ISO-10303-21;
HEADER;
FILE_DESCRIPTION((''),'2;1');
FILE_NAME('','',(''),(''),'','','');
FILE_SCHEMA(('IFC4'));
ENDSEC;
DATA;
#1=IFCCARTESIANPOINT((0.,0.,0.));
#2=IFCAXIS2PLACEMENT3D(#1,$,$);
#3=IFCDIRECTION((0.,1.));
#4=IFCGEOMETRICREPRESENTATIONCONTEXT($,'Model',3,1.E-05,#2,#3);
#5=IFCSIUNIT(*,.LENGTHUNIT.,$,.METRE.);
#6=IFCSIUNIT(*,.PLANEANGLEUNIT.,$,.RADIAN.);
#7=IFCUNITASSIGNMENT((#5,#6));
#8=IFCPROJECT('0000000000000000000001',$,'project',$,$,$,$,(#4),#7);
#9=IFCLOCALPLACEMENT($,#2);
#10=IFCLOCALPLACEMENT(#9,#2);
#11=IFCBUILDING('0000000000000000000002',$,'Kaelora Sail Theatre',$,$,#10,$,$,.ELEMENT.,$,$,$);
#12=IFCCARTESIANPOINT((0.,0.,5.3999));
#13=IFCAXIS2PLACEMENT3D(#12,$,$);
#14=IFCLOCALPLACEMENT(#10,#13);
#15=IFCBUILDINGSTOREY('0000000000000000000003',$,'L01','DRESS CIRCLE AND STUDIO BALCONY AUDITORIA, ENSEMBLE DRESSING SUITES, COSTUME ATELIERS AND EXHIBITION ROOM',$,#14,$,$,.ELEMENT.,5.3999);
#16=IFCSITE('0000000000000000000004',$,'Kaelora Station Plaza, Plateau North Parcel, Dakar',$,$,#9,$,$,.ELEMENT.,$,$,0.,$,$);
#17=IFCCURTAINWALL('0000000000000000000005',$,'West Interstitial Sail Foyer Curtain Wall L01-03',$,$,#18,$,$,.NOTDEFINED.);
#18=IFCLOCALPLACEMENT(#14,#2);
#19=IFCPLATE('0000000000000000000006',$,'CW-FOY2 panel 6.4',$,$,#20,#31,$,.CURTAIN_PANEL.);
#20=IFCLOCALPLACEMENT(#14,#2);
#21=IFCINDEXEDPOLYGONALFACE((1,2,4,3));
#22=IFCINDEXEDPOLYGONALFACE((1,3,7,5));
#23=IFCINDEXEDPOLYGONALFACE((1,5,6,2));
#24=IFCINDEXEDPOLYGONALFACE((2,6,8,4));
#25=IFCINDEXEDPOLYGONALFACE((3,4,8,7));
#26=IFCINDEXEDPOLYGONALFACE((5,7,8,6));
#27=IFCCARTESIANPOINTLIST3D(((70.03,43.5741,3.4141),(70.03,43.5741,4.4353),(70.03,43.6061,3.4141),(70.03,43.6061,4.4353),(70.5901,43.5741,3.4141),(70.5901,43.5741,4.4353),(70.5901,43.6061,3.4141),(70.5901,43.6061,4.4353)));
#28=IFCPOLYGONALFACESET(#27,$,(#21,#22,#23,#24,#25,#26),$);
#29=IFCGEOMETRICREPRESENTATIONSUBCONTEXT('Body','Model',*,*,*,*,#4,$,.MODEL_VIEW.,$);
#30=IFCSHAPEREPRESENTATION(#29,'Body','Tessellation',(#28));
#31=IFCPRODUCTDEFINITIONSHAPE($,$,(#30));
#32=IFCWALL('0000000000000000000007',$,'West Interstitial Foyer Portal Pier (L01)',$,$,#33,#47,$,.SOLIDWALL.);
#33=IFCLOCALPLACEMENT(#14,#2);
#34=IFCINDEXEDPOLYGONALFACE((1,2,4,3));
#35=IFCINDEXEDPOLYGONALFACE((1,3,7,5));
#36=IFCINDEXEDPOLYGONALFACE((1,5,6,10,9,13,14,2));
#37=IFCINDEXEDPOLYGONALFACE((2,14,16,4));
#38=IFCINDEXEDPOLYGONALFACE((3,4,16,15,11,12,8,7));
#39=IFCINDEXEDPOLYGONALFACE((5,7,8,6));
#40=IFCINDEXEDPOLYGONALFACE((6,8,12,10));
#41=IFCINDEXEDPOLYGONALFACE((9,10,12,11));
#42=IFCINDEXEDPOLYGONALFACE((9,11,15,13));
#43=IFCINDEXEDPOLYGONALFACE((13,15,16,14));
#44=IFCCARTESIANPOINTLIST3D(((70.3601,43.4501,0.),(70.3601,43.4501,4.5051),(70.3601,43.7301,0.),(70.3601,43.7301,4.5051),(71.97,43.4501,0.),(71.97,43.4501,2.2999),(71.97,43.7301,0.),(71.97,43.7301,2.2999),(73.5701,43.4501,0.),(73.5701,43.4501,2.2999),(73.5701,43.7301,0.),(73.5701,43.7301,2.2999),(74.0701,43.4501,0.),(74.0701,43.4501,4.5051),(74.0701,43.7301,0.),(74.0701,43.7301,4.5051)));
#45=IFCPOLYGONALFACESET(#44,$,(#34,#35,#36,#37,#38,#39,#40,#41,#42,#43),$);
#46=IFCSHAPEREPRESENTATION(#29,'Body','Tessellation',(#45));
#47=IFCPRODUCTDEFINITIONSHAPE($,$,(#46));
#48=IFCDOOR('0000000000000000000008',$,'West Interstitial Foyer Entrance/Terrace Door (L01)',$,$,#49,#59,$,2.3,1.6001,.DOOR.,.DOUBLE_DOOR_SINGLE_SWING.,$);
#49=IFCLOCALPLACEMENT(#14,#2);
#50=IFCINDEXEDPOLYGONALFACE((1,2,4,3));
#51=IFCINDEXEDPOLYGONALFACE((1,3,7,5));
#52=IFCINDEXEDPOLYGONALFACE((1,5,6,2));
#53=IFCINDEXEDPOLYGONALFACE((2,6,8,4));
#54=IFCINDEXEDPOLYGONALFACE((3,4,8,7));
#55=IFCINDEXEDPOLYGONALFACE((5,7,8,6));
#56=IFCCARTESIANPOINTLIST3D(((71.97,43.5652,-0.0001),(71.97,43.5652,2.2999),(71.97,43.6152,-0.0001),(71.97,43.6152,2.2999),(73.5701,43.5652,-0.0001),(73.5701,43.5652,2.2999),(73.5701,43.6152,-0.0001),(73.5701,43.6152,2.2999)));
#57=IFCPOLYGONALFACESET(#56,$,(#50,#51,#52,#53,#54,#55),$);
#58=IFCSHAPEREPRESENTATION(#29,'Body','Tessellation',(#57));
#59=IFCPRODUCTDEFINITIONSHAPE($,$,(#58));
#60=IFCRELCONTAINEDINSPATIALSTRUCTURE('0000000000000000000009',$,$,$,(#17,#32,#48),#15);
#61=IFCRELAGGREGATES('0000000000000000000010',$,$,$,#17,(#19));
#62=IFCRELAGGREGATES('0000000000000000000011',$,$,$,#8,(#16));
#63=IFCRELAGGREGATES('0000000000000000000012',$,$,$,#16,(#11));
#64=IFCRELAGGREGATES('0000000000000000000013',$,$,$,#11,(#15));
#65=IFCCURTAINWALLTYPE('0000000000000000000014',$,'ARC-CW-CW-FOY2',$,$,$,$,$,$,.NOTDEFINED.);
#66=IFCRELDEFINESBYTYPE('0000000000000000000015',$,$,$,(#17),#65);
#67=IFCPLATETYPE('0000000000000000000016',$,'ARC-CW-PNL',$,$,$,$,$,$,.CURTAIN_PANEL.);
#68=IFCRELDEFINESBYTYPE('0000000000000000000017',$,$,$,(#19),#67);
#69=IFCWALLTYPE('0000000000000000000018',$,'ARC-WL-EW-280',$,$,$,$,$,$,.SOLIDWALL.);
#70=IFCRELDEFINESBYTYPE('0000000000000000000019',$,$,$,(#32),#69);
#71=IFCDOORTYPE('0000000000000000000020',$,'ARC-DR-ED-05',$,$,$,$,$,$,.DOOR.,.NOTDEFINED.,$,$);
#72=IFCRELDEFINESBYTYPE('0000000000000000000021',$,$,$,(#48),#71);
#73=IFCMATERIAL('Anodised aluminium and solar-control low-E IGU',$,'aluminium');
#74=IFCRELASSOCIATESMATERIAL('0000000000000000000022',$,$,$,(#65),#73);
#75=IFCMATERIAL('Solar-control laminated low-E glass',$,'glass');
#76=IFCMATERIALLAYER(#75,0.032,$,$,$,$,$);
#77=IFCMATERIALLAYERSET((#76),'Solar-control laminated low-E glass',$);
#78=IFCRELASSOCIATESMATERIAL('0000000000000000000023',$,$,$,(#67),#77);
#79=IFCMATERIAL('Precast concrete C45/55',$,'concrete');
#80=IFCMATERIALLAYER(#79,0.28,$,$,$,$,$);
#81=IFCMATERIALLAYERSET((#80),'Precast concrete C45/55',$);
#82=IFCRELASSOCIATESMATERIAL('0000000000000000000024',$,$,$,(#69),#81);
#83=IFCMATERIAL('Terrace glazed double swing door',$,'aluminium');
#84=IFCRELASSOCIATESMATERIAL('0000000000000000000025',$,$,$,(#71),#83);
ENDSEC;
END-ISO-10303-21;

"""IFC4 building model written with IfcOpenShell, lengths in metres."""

from ifc_helpers import new_model, si_unit, direction, frame, frame_2d, origin, origin_2d, place, context, subcontext, project, spatial, rectangle, extrude, material, layer, layer_set, type_object, element, fill, aggregate, save


model = new_model("IFC4")

# Units and contexts
model_context = context("Model", 3, precision=1e-05, world=origin(), true_north=direction((0.0, 1.0)))
body_context = subcontext(model_context, "Body", "Model", "MODEL_VIEW")
ifc_project = project(units=[si_unit("LENGTHUNIT", "METRE"), si_unit("PLANEANGLEUNIT", "RADIAN")], contexts=[model_context])

# Site, building, storey
site_placement = place(None, origin())
site = spatial("IfcSite", under=ifc_project, at=site_placement, Name="Kaelora Station Plaza, Plateau North Parcel, Dakar", CompositionType="ELEMENT", RefElevation=0.0)
building_placement = place(site_placement, origin())
building = spatial("IfcBuilding", under=site, at=building_placement, Name="Kaelora Sail Theatre", CompositionType="ELEMENT")
storey_placement = place(building_placement, frame((0.0, 0.0, 5.3999)))
storey = spatial("IfcBuildingStorey", under=building, at=storey_placement, Name="L01", Description="DRESS CIRCLE AND STUDIO BALCONY AUDITORIA, ENSEMBLE DRESSING SUITES, COSTUME ATELIERS AND EXHIBITION ROOM", CompositionType="ELEMENT", Elevation=5.3999)

# Curtain wall
ifc_material_1 = material(Name="Anodised aluminium and solar-control low-E IGU", Category="aluminium")
curtain_wall_type = type_object("IfcCurtainWallType", Name="ARC-CW-CW-FOY2", PredefinedType="NOTDEFINED", material=ifc_material_1)
curtain_wall_1_placement = place(storey_placement, origin())
curtain_wall_1 = element("IfcCurtainWall", 1, at=curtain_wall_1_placement, inside=storey, type_object=curtain_wall_type, Name="West Interstitial Sail Foyer Curtain Wall L01-03", PredefinedType="NOTDEFINED")

# Plate
ifc_material_2 = material(Name="Solar-control laminated low-E glass", Category="glass")
ifc_layer_1 = layer(ifc_material_2, 0.032)
ifc_layer_set_1 = layer_set([ifc_layer_1], Name="Solar-control laminated low-E glass")
plate_type = type_object("IfcPlateType", Name="ARC-CW-PNL", PredefinedType="CURTAIN_PANEL", material=ifc_layer_set_1)
plate_1_placement = place(storey_placement, frame((70.3101, 43.5901, 3.4141), z_axis=(0.0, 0.0, 1.0), x_axis=(1.0, 0.0, 0.0)))
plate_1 = element("IfcPlate", 2, at=plate_1_placement, type_object=plate_type, Name="CW-FOY2 panel 6.4", PredefinedType="CURTAIN_PANEL", context=body_context, shape_type="SweptSolid", body=[
    extrude(rectangle(XDim=0.5601, YDim=0.032, at=origin_2d()), origin(), (0.0, 0.0, 1.0), 1.0212),
])
aggregate(curtain_wall_1, [plate_1])

# Wall, opening, door
ifc_material_3 = material(Name="Precast concrete C45/55", Category="concrete")
ifc_layer_2 = layer(ifc_material_3, 0.28)
ifc_layer_set_2 = layer_set([ifc_layer_2], Name="Precast concrete C45/55")
wall_type = type_object("IfcWallType", Name="ARC-WL-EW-280", PredefinedType="SOLIDWALL", material=ifc_layer_set_2)
wall_placement = place(storey_placement, frame((74.0701, 43.5901, 0.0), z_axis=(0.0, 0.0, 1.0), x_axis=(-1.0, 0.0, 0.0)))
wall = element("IfcWall", 3, at=wall_placement, inside=storey, type_object=wall_type, Name="West Interstitial Foyer Portal Pier (L01)", PredefinedType="SOLIDWALL", context=body_context, shape_type="SweptSolid", body=[
    extrude(rectangle(XDim=3.71, YDim=0.28, at=frame_2d((1.855, 0.0))), origin(), (0.0, 0.0, 1.0), 4.5051),
])
opening_placement = place(wall_placement, frame((0.5, 0.0, 0.0)))
opening = element("IfcOpeningElement", 4, at=opening_placement, cuts=wall, PredefinedType="OPENING", context=body_context, shape_type="SweptSolid", body=[
    extrude(rectangle(XDim=1.6001, YDim=2.3, at=frame_2d((0.8, 1.1499))), frame((0.0, 0.1501, 0.0), z_axis=(0.0, -1.0, 0.0), x_axis=(1.0, 0.0, 0.0)), (0.0, 0.0, 1.0), 0.3),
])
ifc_material_4 = material(Name="Terrace glazed double swing door", Category="aluminium")
door_type = type_object("IfcDoorType", Name="ARC-DR-ED-05", OperationType="NOTDEFINED", PredefinedType="DOOR", material=ifc_material_4)
door_placement = place(opening_placement, origin())
door = element("IfcDoor", 5, at=door_placement, inside=storey, type_object=door_type, Name="West Interstitial Foyer Entrance/Terrace Door (L01)", OperationType="DOUBLE_DOOR_SINGLE_SWING", OverallHeight=2.3, OverallWidth=1.6001, PredefinedType="DOOR", context=body_context, shape_type="SweptSolid", body=[
    extrude(rectangle(XDim=1.6001, YDim=2.3, at=frame_2d((0.8, 1.1499))), frame((0.0, 0.0249, 0.0), z_axis=(0.0, -1.0, 0.0), x_axis=(1.0, 0.0, 0.0)), (0.0, 0.0, 1.0), 0.05),
])
fill(opening, door)

save(model, "model.ifc")
